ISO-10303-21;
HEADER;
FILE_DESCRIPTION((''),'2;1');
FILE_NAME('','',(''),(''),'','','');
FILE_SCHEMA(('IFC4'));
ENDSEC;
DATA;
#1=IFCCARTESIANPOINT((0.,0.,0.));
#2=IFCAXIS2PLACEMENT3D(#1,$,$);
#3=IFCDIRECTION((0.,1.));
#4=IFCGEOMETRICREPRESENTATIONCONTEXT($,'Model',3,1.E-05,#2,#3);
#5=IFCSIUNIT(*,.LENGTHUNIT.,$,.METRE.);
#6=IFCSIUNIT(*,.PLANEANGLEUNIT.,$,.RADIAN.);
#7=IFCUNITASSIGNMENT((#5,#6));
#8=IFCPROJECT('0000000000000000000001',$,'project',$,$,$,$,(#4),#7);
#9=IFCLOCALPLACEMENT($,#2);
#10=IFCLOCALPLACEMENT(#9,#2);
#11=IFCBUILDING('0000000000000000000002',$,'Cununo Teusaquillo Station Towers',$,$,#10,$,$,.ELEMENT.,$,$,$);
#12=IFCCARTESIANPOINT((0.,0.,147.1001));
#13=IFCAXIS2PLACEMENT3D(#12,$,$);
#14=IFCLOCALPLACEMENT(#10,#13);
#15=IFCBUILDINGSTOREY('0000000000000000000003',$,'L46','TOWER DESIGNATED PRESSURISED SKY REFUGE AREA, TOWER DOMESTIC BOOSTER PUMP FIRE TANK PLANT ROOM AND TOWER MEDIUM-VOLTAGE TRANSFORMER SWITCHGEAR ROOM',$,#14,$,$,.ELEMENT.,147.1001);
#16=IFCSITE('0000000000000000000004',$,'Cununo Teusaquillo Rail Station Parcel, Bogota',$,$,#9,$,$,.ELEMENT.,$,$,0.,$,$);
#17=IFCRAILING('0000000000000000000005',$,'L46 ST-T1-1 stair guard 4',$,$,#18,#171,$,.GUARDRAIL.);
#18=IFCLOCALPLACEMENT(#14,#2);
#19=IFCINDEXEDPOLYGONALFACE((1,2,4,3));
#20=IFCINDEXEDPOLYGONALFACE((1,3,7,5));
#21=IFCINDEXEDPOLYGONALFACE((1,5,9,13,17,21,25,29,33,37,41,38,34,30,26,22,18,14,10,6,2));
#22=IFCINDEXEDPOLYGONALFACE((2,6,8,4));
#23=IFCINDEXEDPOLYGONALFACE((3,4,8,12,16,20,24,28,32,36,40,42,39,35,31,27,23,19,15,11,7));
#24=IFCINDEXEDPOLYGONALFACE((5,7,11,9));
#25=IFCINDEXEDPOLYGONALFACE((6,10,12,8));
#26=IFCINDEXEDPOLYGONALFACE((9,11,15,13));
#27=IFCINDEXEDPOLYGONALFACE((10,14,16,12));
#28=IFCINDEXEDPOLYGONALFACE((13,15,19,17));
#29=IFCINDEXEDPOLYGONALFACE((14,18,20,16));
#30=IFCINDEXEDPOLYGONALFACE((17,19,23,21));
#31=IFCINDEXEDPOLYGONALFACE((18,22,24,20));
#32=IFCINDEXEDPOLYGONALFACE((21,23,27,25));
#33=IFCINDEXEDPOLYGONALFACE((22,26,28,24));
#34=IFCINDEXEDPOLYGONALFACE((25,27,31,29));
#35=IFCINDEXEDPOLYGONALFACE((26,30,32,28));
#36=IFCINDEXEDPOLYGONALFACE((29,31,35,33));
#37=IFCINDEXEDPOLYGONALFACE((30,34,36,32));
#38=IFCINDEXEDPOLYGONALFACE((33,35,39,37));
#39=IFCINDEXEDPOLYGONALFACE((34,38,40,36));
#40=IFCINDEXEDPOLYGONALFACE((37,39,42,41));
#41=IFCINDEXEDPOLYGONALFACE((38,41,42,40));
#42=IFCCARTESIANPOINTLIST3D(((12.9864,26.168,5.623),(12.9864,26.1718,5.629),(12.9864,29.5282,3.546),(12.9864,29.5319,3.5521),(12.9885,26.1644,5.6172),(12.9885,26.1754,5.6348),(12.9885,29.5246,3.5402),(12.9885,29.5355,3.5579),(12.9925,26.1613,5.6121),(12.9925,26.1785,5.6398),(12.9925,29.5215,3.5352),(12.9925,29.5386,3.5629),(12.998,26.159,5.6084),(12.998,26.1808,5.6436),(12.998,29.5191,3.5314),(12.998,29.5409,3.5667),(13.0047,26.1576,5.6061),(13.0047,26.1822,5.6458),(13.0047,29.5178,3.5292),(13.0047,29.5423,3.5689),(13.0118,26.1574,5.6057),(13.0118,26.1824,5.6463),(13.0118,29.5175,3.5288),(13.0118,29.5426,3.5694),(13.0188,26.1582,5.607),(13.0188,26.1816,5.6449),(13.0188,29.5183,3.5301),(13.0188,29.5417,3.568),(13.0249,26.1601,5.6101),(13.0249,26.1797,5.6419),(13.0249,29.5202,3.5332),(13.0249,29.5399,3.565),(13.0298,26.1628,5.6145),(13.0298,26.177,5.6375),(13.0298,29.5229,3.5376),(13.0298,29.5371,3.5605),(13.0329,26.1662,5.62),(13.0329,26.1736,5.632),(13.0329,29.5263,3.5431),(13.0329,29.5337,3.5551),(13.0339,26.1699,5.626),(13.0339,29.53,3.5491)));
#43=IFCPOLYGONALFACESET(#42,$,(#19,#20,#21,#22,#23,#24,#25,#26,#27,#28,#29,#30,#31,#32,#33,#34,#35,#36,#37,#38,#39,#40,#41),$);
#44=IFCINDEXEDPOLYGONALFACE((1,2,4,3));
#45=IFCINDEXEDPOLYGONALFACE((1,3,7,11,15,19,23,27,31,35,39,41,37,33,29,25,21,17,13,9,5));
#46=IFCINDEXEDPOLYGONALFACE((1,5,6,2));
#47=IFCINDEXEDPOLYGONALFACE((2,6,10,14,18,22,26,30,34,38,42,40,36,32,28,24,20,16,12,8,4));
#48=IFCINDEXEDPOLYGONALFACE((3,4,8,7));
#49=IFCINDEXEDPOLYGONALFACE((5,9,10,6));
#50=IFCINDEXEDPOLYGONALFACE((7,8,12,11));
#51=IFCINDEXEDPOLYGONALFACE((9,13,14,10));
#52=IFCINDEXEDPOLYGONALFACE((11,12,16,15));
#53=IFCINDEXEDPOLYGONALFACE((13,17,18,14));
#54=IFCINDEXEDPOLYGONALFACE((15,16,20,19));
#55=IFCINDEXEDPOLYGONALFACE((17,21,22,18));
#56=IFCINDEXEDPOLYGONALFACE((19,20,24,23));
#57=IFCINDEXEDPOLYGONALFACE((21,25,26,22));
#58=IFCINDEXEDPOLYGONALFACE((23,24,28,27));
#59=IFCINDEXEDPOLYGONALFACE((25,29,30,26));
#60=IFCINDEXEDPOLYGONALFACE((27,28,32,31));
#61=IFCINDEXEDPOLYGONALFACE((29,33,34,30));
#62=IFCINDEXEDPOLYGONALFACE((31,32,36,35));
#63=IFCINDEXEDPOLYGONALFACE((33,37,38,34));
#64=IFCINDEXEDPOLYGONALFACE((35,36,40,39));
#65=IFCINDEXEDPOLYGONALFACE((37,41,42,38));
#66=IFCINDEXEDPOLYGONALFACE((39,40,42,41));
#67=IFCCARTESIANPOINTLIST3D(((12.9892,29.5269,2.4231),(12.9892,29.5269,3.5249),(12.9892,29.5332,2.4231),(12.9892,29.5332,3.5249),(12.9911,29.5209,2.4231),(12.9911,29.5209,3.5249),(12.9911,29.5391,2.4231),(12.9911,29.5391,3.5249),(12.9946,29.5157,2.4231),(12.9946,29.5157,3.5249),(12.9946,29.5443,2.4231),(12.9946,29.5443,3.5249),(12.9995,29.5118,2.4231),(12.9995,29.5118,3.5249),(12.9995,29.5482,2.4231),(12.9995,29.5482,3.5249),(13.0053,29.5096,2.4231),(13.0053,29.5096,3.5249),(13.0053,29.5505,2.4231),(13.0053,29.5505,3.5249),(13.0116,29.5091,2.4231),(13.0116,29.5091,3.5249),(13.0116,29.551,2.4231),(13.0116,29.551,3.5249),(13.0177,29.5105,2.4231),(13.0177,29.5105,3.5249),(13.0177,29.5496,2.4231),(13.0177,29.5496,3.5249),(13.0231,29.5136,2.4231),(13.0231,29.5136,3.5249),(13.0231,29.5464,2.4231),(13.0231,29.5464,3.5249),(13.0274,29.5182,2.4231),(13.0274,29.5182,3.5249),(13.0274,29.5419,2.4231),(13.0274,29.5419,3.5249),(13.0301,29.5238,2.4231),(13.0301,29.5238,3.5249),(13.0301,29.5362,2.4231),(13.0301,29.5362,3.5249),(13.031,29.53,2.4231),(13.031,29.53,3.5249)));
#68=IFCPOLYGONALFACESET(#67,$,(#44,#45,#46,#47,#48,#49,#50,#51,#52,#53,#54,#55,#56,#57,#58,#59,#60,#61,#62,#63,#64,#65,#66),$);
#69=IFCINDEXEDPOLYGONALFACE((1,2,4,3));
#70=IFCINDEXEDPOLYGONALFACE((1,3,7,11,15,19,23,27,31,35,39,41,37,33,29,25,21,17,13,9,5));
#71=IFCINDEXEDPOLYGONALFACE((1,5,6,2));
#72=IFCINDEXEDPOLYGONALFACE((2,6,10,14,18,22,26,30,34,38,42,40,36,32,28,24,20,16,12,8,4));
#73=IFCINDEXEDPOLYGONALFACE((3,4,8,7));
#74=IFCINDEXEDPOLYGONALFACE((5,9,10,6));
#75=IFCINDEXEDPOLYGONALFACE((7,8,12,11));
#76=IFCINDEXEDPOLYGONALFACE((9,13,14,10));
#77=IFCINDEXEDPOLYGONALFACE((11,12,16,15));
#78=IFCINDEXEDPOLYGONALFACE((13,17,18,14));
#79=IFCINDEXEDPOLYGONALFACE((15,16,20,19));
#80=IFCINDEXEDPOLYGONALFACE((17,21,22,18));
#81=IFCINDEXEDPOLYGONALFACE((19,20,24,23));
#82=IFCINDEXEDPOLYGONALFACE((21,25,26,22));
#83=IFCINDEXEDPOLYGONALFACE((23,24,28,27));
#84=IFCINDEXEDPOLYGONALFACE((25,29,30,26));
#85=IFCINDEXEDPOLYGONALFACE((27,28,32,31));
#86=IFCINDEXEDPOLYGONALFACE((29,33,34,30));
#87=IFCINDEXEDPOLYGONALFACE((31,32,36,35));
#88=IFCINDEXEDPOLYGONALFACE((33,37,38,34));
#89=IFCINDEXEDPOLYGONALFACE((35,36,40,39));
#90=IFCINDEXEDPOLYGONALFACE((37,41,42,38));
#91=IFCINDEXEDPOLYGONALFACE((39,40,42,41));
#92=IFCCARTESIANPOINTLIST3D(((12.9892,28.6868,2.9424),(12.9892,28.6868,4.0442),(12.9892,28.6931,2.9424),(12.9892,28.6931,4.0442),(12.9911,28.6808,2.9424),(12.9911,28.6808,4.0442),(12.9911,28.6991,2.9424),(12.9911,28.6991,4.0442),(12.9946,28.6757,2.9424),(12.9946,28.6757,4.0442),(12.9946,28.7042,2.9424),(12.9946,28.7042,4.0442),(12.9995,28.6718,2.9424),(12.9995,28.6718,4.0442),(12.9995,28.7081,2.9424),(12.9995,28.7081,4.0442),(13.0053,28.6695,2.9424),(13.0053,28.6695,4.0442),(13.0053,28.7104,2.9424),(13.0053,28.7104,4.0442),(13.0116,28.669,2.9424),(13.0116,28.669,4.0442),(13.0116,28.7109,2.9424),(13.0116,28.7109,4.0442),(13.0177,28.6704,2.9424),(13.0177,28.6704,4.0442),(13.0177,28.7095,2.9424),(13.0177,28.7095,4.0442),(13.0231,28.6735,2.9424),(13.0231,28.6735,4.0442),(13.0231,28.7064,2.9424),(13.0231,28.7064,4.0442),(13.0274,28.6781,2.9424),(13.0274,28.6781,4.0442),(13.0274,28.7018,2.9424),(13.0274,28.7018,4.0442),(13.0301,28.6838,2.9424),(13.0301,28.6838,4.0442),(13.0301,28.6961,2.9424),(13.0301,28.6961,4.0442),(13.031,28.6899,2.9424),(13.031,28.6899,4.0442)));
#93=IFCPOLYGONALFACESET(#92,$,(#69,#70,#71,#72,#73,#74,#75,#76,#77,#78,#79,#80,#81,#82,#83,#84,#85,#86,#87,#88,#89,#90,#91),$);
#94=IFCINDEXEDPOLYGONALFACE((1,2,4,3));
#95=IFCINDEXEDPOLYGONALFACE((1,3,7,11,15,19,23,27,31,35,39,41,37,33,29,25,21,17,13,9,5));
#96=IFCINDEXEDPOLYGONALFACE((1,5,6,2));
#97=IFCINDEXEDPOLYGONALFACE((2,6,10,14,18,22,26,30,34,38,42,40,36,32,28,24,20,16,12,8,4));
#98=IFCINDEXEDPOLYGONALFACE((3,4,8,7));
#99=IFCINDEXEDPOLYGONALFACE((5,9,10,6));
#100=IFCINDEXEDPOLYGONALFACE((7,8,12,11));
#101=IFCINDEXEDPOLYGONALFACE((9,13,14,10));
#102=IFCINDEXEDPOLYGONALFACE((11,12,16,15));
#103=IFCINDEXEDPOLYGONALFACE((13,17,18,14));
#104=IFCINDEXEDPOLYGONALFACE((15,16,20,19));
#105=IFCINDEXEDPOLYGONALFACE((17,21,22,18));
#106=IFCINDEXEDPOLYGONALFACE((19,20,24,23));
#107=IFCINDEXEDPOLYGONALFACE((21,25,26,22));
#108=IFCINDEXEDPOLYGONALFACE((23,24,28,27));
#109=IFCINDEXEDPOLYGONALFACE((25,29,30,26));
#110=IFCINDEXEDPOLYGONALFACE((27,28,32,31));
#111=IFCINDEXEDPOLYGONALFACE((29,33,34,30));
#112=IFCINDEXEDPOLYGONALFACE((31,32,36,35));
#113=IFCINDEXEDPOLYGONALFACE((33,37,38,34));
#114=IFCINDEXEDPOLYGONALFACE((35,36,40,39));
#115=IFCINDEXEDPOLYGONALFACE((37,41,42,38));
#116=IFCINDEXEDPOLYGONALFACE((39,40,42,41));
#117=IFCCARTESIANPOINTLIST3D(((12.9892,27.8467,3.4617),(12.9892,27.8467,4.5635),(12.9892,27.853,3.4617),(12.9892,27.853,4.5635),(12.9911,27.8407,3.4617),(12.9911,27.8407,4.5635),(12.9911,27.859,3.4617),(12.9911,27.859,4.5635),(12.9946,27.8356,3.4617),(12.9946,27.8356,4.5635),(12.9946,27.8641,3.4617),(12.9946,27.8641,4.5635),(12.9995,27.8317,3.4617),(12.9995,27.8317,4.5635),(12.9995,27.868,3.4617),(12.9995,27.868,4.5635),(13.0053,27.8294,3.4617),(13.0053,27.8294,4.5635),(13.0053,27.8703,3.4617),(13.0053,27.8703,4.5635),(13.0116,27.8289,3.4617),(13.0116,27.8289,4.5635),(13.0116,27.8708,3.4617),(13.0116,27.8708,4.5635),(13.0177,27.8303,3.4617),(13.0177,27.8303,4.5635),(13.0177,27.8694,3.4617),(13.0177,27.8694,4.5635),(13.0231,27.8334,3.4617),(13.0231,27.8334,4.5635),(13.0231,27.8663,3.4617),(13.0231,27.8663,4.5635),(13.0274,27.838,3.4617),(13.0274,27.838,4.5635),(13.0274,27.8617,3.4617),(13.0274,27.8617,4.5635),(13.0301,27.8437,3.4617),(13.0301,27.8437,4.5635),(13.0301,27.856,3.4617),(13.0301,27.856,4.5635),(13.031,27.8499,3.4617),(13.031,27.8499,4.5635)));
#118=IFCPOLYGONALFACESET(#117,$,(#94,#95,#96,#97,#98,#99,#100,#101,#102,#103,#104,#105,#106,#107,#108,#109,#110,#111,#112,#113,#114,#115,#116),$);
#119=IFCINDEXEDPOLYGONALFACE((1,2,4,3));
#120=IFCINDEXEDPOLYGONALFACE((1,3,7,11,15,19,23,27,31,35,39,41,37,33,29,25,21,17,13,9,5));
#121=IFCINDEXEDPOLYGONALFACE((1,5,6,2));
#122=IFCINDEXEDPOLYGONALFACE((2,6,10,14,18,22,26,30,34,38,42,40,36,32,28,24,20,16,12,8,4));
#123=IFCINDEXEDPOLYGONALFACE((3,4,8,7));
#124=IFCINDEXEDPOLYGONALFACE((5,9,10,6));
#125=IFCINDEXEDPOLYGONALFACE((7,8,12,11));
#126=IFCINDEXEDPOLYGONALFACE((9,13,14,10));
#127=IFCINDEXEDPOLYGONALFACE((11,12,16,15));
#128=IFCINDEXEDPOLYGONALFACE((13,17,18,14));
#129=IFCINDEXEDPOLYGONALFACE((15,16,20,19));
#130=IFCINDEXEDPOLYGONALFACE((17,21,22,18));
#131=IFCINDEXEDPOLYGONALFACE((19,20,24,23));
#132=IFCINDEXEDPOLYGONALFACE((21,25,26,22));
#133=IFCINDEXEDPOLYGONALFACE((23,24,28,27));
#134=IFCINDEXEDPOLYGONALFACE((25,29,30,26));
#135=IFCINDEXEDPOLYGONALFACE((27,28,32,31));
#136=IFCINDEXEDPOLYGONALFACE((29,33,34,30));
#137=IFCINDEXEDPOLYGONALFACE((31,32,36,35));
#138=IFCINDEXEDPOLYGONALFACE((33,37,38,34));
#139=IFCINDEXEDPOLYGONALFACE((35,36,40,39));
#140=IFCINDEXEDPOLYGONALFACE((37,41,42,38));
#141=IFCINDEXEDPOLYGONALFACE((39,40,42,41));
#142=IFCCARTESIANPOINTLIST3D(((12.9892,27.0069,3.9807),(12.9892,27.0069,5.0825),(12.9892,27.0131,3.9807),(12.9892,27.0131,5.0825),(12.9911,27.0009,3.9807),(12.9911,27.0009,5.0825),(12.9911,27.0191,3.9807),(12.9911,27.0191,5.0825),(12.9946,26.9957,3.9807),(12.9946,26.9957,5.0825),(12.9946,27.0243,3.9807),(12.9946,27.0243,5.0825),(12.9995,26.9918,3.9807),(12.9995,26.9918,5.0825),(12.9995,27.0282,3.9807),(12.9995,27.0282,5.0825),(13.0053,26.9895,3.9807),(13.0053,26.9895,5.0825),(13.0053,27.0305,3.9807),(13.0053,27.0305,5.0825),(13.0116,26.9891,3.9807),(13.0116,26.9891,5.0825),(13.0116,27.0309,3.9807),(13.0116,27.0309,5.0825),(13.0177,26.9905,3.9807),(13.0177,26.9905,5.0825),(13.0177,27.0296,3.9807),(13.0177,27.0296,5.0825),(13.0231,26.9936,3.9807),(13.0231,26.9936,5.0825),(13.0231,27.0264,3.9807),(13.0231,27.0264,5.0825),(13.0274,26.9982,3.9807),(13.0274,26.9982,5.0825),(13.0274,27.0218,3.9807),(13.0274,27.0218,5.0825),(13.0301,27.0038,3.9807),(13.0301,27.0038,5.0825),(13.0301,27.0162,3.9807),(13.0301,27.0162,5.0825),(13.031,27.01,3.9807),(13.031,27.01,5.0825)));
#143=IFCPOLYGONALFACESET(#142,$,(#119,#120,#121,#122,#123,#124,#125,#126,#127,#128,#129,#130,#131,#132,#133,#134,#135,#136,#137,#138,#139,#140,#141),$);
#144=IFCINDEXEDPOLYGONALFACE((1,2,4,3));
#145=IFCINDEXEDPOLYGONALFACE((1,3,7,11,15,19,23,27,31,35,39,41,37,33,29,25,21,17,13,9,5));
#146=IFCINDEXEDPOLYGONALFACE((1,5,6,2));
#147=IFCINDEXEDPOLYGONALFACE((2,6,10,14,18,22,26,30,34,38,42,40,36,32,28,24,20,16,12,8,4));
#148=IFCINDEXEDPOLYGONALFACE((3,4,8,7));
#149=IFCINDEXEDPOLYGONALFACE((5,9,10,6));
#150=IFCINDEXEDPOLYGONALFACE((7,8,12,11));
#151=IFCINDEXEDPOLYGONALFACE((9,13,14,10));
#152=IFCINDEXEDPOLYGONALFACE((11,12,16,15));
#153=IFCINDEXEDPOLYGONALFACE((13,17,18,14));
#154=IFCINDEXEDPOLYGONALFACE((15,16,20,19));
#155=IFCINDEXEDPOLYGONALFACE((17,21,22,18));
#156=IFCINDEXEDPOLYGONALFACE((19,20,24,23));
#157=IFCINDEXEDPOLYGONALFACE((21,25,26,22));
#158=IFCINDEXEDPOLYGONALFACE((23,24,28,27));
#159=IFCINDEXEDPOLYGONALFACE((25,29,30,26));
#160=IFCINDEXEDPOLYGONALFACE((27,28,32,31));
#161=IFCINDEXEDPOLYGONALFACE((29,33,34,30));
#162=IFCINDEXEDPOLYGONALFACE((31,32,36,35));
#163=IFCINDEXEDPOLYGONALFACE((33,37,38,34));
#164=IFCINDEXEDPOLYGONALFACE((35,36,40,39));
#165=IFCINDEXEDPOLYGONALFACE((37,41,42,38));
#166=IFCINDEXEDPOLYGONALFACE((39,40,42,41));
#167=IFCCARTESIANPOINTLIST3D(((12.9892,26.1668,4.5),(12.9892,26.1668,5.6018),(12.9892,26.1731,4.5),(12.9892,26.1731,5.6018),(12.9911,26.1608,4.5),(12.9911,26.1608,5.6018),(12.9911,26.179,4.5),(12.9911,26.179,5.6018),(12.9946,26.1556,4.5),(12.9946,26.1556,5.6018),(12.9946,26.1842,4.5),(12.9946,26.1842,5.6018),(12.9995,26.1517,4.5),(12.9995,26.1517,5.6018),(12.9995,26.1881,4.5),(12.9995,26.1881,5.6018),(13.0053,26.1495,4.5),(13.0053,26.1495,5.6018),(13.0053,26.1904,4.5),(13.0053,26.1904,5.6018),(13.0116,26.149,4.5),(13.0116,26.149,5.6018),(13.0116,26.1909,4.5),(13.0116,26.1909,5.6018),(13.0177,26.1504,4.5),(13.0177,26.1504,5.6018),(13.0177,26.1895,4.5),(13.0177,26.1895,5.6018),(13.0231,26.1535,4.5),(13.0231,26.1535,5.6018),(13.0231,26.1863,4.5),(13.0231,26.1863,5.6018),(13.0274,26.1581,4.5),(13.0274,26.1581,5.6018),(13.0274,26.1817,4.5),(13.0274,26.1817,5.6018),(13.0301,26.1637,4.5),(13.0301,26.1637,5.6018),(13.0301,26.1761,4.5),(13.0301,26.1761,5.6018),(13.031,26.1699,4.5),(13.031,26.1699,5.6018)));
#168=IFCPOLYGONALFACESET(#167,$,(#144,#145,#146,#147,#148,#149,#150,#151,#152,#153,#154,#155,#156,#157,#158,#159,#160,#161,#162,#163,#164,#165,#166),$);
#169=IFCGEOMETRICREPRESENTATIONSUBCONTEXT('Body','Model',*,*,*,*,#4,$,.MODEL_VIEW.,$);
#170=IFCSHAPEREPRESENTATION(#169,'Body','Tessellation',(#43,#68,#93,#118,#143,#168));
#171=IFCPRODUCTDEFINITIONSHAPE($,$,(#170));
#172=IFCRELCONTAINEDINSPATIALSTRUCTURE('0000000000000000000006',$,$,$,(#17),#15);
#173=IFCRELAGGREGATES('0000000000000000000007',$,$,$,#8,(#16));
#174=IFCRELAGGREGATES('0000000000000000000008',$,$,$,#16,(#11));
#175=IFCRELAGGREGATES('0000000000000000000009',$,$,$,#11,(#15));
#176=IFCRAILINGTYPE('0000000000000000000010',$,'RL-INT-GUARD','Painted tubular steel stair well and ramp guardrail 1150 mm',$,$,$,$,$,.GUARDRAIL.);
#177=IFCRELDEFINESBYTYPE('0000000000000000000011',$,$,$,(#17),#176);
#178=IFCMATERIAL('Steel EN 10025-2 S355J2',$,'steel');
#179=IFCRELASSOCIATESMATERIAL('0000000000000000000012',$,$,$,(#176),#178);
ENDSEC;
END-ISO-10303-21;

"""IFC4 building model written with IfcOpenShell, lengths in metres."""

from ifc_helpers import new_model, si_unit, direction, frame, origin, origin_2d, place, context, subcontext, project, spatial, circle, extrude, material, type_object, element, save


model = new_model("IFC4")

# Units and contexts
model_context = context("Model", 3, precision=1e-05, world=origin(), true_north=direction((0.0, 1.0)))
body_context = subcontext(model_context, "Body", "Model", "MODEL_VIEW")
ifc_project = project(units=[si_unit("LENGTHUNIT", "METRE"), si_unit("PLANEANGLEUNIT", "RADIAN")], contexts=[model_context])

# Site, building, storey
site_placement = place(None, origin())
site = spatial("IfcSite", under=ifc_project, at=site_placement, Name="Cununo Teusaquillo Rail Station Parcel, Bogota", CompositionType="ELEMENT", RefElevation=0.0)
building_placement = place(site_placement, origin())
building = spatial("IfcBuilding", under=site, at=building_placement, Name="Cununo Teusaquillo Station Towers", CompositionType="ELEMENT")
storey_placement = place(building_placement, frame((0.0, 0.0, 147.1001)))
storey = spatial("IfcBuildingStorey", under=building, at=storey_placement, Name="L46", Description="TOWER DESIGNATED PRESSURISED SKY REFUGE AREA, TOWER DOMESTIC BOOSTER PUMP FIRE TANK PLANT ROOM AND TOWER MEDIUM-VOLTAGE TRANSFORMER SWITCHGEAR ROOM", CompositionType="ELEMENT", Elevation=147.1001)

# Railing
ifc_material_1 = material(Name="Steel EN 10025-2 S355J2", Category="steel")
railing_type_1 = type_object("IfcRailingType", Name="RL-INT-GUARD", Description="Painted tubular steel stair well and ramp guardrail 1150 mm", PredefinedType="GUARDRAIL", material=ifc_material_1)
railing_1_placement = place(storey_placement, frame((13.01, 29.53, 2.4231)))
element("IfcRailing", 1, at=railing_1_placement, inside=storey, type_object=railing_type_1, Name="L46 ST-T1-1 stair guard 4", PredefinedType="GUARDRAIL", context=body_context, shape_type="SweptSolid", body=[
    extrude(circle(Radius=0.0239, at=origin_2d()), frame((0.0, 0.0, 1.126), z_axis=(0.0, -0.850623, 0.525776), x_axis=(1.0, 0.0, 0.0)), (0.0, 0.0, 1.0), 3.9502),
    extrude(circle(Radius=0.021, at=origin_2d()), origin(), (0.0, 0.0, 1.0), 1.1018),
    extrude(circle(Radius=0.021, at=origin_2d()), frame((0.0, -0.8401, 0.5193)), (0.0, 0.0, 1.0), 1.1018),
    extrude(circle(Radius=0.021, at=origin_2d()), frame((0.0, -1.6802, 1.0386)), (0.0, 0.0, 1.0), 1.1018),
    extrude(circle(Radius=0.021, at=origin_2d()), frame((0.0, -2.52, 1.5576)), (0.0, 0.0, 1.0), 1.1018),
    extrude(circle(Radius=0.021, at=origin_2d()), frame((0.0, -3.3601, 2.0769)), (0.0, 0.0, 1.0), 1.1018),
])

save(model, "model.ifc")
